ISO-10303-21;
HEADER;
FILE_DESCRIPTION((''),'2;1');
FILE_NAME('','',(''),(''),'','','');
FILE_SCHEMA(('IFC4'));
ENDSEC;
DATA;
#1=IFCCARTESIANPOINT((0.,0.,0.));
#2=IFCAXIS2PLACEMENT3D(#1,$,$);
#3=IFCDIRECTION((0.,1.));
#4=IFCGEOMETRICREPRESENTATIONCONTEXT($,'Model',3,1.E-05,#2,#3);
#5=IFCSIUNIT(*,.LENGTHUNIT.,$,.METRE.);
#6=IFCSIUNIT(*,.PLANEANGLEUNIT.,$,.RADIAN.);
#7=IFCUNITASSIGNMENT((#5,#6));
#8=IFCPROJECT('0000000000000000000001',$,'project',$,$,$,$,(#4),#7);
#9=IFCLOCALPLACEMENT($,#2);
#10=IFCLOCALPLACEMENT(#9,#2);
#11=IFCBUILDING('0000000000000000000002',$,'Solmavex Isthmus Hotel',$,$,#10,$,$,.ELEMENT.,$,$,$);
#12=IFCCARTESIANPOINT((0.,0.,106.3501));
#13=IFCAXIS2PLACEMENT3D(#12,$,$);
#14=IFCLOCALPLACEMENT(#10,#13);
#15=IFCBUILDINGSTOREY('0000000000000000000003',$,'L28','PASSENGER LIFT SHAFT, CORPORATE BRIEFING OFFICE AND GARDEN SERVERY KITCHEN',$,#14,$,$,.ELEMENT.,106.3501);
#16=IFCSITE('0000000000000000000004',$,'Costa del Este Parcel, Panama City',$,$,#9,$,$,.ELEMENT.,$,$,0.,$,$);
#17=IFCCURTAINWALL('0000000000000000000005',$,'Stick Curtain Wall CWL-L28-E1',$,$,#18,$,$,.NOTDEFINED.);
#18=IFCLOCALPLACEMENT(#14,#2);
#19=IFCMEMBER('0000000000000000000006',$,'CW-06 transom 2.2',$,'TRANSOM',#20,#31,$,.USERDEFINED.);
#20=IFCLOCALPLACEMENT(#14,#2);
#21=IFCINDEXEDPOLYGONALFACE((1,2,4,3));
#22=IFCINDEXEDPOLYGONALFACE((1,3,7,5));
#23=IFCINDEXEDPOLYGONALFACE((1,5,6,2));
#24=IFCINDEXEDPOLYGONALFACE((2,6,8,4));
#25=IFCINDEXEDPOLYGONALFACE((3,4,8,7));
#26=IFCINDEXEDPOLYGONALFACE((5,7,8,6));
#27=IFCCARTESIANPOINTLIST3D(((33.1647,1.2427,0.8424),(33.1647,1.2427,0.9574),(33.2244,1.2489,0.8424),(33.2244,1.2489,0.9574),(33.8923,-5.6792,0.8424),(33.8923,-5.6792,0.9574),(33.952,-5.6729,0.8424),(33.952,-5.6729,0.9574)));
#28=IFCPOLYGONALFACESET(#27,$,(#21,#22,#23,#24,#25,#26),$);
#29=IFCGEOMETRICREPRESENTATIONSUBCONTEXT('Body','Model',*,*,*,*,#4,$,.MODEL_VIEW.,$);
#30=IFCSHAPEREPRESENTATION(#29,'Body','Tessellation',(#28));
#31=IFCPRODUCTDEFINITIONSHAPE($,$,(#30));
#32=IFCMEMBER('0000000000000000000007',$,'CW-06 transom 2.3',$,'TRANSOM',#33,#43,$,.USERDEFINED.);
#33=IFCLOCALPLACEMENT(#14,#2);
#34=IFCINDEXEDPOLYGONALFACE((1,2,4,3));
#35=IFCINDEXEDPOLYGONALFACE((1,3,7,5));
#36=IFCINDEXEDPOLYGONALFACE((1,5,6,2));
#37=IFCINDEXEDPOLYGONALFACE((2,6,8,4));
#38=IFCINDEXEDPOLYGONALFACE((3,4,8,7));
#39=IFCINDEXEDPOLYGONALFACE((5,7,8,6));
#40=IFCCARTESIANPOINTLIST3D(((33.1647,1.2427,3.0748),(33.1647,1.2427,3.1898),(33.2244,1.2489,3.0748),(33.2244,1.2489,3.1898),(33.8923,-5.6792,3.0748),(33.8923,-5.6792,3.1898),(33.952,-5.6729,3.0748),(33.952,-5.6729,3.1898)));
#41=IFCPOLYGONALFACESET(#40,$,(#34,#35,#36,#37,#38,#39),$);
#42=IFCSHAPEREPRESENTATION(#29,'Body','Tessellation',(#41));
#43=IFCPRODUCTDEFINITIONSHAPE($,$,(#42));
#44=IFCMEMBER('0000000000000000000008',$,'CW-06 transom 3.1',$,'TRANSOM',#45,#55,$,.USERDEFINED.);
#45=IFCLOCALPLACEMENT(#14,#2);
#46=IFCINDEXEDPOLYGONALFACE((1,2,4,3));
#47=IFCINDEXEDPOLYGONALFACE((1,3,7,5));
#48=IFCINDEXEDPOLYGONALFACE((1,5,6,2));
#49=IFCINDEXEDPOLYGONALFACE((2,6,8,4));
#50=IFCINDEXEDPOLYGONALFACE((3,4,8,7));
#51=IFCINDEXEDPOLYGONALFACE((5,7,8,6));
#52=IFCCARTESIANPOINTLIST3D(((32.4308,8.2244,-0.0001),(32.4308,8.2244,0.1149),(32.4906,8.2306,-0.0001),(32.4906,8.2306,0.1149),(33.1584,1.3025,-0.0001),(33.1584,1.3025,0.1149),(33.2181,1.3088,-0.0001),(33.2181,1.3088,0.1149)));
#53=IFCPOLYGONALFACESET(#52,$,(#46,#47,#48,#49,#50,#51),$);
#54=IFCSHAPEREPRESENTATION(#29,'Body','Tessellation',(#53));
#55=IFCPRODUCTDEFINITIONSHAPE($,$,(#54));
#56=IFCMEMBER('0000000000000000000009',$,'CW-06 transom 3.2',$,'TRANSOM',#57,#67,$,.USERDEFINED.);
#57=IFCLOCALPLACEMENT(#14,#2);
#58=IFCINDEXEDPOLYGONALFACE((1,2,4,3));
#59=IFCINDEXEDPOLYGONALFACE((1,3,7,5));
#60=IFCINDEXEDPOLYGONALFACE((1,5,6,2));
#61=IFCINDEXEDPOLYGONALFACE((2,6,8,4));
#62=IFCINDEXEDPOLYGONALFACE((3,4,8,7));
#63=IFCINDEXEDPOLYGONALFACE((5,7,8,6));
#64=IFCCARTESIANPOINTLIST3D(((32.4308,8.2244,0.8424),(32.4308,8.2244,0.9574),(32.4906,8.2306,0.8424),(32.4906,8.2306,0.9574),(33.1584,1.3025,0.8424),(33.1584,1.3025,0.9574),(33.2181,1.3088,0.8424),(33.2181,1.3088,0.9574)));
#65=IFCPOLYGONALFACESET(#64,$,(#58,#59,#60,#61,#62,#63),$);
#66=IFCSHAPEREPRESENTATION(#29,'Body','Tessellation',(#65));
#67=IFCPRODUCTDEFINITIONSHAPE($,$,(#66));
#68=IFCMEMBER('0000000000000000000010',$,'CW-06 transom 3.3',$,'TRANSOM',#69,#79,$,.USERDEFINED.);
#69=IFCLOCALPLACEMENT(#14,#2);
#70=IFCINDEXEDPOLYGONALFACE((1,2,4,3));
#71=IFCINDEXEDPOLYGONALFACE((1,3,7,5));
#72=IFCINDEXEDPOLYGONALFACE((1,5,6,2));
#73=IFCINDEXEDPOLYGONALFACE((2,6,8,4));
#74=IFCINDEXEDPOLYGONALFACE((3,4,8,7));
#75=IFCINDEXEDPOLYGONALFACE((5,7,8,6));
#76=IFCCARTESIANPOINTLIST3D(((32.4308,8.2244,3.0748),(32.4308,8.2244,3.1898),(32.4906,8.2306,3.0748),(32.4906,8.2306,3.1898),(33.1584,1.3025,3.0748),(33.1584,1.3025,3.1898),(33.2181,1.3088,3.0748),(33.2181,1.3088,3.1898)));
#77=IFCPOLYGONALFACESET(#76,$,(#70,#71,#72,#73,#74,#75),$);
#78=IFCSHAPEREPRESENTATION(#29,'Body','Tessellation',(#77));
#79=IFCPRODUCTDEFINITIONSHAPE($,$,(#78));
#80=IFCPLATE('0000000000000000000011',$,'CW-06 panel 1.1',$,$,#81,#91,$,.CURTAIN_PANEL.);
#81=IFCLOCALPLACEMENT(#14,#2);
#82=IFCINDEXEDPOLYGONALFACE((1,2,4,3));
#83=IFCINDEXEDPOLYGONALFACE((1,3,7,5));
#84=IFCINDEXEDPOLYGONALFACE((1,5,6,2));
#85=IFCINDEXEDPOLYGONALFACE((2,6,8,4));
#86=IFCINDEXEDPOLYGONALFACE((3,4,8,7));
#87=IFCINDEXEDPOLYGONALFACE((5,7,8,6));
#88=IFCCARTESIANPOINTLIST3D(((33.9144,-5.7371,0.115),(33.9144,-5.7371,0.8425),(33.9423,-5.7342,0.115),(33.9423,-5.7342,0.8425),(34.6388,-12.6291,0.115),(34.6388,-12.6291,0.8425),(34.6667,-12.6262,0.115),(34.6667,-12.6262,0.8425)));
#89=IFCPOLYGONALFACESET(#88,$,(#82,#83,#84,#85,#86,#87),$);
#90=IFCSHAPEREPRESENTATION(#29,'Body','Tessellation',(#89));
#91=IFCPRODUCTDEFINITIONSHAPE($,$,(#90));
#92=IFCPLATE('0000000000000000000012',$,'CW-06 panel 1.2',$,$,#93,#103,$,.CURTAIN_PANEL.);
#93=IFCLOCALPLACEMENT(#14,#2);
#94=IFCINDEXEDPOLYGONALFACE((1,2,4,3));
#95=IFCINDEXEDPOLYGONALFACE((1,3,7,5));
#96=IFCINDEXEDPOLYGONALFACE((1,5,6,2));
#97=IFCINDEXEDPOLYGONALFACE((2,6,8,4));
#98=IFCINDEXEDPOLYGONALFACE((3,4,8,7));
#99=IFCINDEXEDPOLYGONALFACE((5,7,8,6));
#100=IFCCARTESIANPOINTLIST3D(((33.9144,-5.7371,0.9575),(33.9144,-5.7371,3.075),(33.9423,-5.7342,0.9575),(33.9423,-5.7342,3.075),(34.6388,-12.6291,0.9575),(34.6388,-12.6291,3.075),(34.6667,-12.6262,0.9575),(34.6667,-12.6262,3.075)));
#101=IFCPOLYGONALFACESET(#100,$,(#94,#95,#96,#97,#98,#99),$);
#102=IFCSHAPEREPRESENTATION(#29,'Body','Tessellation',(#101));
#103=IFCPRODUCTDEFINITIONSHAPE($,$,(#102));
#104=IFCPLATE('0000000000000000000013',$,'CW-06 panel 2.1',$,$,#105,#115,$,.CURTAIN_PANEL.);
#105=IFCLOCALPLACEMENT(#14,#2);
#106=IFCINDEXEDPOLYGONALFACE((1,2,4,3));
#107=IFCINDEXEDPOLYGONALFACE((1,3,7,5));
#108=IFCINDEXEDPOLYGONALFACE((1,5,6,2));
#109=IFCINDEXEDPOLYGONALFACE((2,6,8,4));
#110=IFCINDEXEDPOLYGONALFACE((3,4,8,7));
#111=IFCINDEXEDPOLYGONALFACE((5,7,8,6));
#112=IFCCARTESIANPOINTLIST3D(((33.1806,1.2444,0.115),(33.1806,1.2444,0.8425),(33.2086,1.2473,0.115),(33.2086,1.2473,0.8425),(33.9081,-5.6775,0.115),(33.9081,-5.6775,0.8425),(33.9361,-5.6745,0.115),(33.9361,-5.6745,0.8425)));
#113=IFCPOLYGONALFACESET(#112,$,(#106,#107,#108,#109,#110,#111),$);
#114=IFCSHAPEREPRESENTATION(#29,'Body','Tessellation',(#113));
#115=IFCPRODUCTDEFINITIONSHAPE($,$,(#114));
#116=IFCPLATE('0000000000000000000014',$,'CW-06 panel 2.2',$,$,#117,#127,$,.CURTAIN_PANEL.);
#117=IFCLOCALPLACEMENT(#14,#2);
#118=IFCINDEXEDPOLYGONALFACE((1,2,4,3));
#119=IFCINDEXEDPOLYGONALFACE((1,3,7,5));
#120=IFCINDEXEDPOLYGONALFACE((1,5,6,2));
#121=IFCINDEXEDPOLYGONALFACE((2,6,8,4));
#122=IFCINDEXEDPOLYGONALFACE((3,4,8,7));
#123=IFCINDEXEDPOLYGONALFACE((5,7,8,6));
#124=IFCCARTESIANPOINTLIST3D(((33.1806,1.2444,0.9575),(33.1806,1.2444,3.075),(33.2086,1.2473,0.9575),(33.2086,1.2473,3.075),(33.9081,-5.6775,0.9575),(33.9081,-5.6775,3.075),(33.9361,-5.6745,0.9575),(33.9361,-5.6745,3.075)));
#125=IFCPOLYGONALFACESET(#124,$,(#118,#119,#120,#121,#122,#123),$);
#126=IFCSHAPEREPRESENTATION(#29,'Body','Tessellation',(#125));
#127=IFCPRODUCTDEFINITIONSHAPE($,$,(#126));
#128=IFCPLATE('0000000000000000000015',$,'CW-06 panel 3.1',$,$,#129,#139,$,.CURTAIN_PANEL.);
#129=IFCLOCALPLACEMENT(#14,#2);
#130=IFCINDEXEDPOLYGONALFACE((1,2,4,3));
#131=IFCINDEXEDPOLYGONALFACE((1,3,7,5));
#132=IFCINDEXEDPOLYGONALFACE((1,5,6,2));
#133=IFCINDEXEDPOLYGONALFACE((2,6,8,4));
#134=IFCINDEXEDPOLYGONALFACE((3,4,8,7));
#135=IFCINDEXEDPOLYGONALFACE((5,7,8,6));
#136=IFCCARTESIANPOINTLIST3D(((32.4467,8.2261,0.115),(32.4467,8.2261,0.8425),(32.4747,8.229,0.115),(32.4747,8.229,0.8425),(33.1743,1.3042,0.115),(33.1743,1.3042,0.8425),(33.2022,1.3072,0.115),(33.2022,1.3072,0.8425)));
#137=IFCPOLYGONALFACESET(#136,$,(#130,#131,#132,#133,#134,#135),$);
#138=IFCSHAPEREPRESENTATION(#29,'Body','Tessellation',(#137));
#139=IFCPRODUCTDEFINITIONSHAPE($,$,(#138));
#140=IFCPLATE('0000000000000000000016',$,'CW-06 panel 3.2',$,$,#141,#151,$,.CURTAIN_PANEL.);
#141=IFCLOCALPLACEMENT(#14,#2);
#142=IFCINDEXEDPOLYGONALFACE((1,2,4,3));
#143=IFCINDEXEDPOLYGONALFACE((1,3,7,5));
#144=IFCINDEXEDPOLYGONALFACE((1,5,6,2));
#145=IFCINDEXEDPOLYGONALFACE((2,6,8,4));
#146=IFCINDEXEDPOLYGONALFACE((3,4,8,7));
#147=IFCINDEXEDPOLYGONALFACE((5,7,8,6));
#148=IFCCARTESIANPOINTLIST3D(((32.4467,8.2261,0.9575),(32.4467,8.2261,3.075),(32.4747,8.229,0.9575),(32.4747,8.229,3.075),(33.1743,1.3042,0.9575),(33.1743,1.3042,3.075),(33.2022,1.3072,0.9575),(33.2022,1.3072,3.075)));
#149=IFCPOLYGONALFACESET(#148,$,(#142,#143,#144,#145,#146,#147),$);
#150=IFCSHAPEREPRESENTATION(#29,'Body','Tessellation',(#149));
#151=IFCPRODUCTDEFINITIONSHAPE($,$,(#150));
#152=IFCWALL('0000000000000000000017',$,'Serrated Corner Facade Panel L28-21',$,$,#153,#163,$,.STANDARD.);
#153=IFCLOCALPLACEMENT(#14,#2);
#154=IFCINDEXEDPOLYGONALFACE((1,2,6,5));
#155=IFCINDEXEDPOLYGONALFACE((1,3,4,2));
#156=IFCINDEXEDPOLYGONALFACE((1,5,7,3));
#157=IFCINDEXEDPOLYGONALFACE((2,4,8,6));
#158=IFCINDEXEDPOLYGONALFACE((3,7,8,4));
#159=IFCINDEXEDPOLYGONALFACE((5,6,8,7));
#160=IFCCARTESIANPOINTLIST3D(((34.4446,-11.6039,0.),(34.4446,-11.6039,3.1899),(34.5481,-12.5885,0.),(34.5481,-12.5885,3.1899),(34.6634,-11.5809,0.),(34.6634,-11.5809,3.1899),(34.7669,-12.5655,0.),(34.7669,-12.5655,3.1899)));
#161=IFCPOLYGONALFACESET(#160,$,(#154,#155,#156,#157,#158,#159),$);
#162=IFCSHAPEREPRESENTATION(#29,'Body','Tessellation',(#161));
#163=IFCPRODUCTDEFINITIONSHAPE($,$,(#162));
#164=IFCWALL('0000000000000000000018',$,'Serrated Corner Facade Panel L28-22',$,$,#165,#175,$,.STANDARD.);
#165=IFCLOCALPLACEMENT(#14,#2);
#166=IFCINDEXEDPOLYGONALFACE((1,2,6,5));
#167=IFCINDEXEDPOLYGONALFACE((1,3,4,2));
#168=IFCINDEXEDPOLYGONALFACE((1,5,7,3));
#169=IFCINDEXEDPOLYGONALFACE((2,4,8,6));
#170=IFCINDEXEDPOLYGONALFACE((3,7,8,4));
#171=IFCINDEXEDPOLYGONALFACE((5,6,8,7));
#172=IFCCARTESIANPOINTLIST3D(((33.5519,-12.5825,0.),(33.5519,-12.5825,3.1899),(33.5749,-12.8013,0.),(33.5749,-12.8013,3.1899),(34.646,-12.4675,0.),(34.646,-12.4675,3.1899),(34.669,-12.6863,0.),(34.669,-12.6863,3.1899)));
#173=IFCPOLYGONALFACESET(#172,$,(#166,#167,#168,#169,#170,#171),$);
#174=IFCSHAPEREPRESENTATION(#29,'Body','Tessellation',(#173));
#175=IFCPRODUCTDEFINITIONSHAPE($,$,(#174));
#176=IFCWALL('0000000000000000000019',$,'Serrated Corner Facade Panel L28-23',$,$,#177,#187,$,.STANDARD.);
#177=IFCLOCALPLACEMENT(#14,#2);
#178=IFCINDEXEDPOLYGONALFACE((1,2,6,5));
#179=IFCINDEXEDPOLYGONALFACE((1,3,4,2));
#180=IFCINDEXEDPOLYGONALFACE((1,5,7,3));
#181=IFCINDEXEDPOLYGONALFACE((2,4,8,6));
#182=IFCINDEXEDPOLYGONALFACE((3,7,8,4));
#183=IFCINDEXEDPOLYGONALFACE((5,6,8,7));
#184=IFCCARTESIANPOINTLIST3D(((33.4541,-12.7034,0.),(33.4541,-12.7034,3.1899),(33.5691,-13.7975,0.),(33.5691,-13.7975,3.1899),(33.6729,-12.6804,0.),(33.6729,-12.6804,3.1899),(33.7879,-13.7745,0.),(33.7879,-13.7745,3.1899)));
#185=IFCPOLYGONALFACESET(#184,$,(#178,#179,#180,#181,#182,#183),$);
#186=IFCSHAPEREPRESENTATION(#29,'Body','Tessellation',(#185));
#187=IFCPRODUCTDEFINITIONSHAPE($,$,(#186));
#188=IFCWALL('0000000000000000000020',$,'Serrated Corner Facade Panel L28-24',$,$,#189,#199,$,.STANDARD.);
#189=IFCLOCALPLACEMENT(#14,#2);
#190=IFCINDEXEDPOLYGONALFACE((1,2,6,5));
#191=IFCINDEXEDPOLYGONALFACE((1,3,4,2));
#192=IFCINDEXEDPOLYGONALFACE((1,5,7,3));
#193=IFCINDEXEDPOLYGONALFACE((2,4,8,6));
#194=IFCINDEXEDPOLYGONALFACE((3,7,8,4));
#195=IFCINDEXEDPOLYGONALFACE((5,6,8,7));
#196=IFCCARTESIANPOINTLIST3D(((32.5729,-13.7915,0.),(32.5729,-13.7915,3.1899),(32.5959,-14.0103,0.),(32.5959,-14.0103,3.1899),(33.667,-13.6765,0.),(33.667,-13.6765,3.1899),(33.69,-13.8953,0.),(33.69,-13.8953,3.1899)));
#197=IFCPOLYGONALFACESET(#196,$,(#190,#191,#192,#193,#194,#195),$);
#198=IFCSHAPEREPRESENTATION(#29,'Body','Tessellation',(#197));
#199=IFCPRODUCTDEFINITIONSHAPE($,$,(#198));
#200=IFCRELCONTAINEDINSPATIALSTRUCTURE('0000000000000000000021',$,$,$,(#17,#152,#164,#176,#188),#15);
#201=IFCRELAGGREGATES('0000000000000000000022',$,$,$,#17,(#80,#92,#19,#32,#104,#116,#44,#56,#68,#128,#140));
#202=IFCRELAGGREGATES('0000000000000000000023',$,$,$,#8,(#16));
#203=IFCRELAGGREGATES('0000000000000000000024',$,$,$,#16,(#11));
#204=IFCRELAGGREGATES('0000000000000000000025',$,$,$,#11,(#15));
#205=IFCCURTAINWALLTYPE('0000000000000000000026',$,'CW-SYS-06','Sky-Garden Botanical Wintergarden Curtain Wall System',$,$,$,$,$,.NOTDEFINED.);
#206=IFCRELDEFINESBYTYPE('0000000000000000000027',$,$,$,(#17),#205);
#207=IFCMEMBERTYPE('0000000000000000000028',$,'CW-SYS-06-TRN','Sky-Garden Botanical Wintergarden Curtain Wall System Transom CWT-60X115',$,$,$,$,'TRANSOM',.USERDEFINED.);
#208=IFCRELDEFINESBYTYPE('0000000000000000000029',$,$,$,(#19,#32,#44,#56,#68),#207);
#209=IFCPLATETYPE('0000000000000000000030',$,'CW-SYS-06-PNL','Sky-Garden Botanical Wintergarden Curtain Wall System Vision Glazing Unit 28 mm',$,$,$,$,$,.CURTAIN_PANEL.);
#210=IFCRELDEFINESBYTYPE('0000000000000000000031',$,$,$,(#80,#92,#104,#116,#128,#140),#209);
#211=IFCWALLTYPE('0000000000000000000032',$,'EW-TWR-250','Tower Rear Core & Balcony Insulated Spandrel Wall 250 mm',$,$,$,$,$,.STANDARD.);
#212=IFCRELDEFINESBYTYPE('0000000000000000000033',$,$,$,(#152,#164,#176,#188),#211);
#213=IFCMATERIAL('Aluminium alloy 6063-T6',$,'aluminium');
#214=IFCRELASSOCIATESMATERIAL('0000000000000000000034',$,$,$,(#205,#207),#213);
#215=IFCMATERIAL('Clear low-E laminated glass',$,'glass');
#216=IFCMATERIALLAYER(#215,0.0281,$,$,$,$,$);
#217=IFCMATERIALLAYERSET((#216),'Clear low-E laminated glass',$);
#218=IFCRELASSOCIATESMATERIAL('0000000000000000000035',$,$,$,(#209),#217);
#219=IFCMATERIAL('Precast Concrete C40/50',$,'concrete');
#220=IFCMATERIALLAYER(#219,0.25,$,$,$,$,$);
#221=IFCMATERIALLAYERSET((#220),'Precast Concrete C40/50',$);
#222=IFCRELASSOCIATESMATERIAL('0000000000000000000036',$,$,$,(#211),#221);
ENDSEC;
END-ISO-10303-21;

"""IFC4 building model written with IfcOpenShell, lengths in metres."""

from ifc_helpers import new_model, si_unit, direction, frame, frame_2d, origin, origin_2d, place, context, subcontext, project, spatial, rectangle, extrude, material, layer, layer_set, material_profile, profile_set, type_object, element, aggregate, save


model = new_model("IFC4")

# Units and contexts
model_context = context("Model", 3, precision=1e-05, world=origin(), true_north=direction((0.0, 1.0)))
body_context = subcontext(model_context, "Body", "Model", "MODEL_VIEW")
ifc_project = project(units=[si_unit("LENGTHUNIT", "METRE"), si_unit("PLANEANGLEUNIT", "RADIAN")], contexts=[model_context])

# Site, building, storey
site_placement = place(None, origin())
site = spatial("IfcSite", under=ifc_project, at=site_placement, Name="Costa del Este Parcel, Panama City", CompositionType="ELEMENT", RefElevation=0.0)
building_placement = place(site_placement, origin())
building = spatial("IfcBuilding", under=site, at=building_placement, Name="Solmavex Isthmus Hotel", CompositionType="ELEMENT")
storey_placement = place(building_placement, frame((0.0, 0.0, 106.3501)))
storey = spatial("IfcBuildingStorey", under=building, at=storey_placement, Name="L28", Description="PASSENGER LIFT SHAFT, CORPORATE BRIEFING OFFICE AND GARDEN SERVERY KITCHEN", CompositionType="ELEMENT", Elevation=106.3501)

# Curtain wall, members, plates
ifc_material_1 = material(Name="Aluminium alloy 6063-T6", Category="aluminium")
curtain_wall_type = type_object("IfcCurtainWallType", Name="CW-SYS-06", Description="Sky-Garden Botanical Wintergarden Curtain Wall System", PredefinedType="NOTDEFINED", material=ifc_material_1)
curtain_wall_placement = place(storey_placement, origin())
curtain_wall = element("IfcCurtainWall", 1, at=curtain_wall_placement, inside=storey, type_object=curtain_wall_type, Name="Stick Curtain Wall CWL-L28-E1", PredefinedType="NOTDEFINED")
ifc_material_profile_1 = material_profile(ifc_material_1, rectangle(XDim=0.0601, YDim=0.115, at=origin_2d()), Name="CWT-60X115")
ifc_profile_set_1 = profile_set([ifc_material_profile_1], Name="Aluminium alloy 6063-T6")
member_type_1 = type_object("IfcMemberType", Name="CW-SYS-06-TRN", Description="Sky-Garden Botanical Wintergarden Curtain Wall System Transom CWT-60X115", ElementType="TRANSOM", PredefinedType="USERDEFINED", material=ifc_profile_set_1)
member_1_placement = place(storey_placement, frame((33.9221, -5.676, 0.8999), z_axis=(-0.104531, 0.994522, 0.0), x_axis=(-0.994522, -0.104531, 0.0)))
member_1 = element("IfcMember", 2, at=member_1_placement, type_object=member_type_1, Name="CW-06 transom 2.2", ObjectType="TRANSOM", PredefinedType="USERDEFINED", context=body_context, shape_type="SweptSolid", body=[
    extrude(rectangle(XDim=0.0601, YDim=0.115, at=origin_2d()), origin(), (0.0, 0.0, 1.0), 6.96),
])
member_2_placement = place(storey_placement, frame((33.9221, -5.676, 3.1323), z_axis=(-0.104531, 0.994522, 0.0), x_axis=(-0.994522, -0.104531, 0.0)))
member_2 = element("IfcMember", 3, at=member_2_placement, type_object=member_type_1, Name="CW-06 transom 2.3", ObjectType="TRANSOM", PredefinedType="USERDEFINED", context=body_context, shape_type="SweptSolid", body=[
    extrude(rectangle(XDim=0.0601, YDim=0.115, at=origin_2d()), origin(), (0.0, 0.0, 1.0), 6.96),
])
member_3_placement = place(storey_placement, frame((33.1882, 1.3057, 0.0574), z_axis=(-0.104531, 0.994522, 0.0), x_axis=(-0.994522, -0.104531, 0.0)))
member_3 = element("IfcMember", 4, at=member_3_placement, type_object=member_type_1, Name="CW-06 transom 3.1", ObjectType="TRANSOM", PredefinedType="USERDEFINED", context=body_context, shape_type="SweptSolid", body=[
    extrude(rectangle(XDim=0.0601, YDim=0.115, at=origin_2d()), origin(), (0.0, 0.0, 1.0), 6.96),
])
member_4_placement = place(storey_placement, frame((33.1882, 1.3057, 0.8999), z_axis=(-0.104531, 0.994522, 0.0), x_axis=(-0.994522, -0.104531, 0.0)))
member_4 = element("IfcMember", 5, at=member_4_placement, type_object=member_type_1, Name="CW-06 transom 3.2", ObjectType="TRANSOM", PredefinedType="USERDEFINED", context=body_context, shape_type="SweptSolid", body=[
    extrude(rectangle(XDim=0.0601, YDim=0.115, at=origin_2d()), origin(), (0.0, 0.0, 1.0), 6.96),
])
member_5_placement = place(storey_placement, frame((33.1882, 1.3057, 3.1323), z_axis=(-0.104531, 0.994522, 0.0), x_axis=(-0.994522, -0.104531, 0.0)))
member_5 = element("IfcMember", 6, at=member_5_placement, type_object=member_type_1, Name="CW-06 transom 3.3", ObjectType="TRANSOM", PredefinedType="USERDEFINED", context=body_context, shape_type="SweptSolid", body=[
    extrude(rectangle(XDim=0.0601, YDim=0.115, at=origin_2d()), origin(), (0.0, 0.0, 1.0), 6.96),
])
ifc_material_2 = material(Name="Clear low-E laminated glass", Category="glass")
ifc_layer_1 = layer(ifc_material_2, 0.0281)
ifc_layer_set_1 = layer_set([ifc_layer_1], Name="Clear low-E laminated glass")
plate_type = type_object("IfcPlateType", Name="CW-SYS-06-PNL", Description="Sky-Garden Botanical Wintergarden Curtain Wall System Vision Glazing Unit 28 mm", PredefinedType="CURTAIN_PANEL", material=ifc_layer_set_1)
plate_1_placement = place(storey_placement, frame((34.2905, -9.1816, 0.115), z_axis=(0.0, 0.0, 1.0), x_axis=(-0.104528, 0.994522, 0.0)))
plate_1 = element("IfcPlate", 7, at=plate_1_placement, type_object=plate_type, Name="CW-06 panel 1.1", PredefinedType="CURTAIN_PANEL", context=body_context, shape_type="SweptSolid", body=[
    extrude(rectangle(XDim=6.9299, YDim=0.0281, at=origin_2d()), origin(), (0.0, 0.0, 1.0), 0.7275),
])
plate_2_placement = place(storey_placement, frame((34.2905, -9.1816, 0.9575), z_axis=(0.0, 0.0, 1.0), x_axis=(-0.104528, 0.994522, 0.0)))
plate_2 = element("IfcPlate", 8, at=plate_2_placement, type_object=plate_type, Name="CW-06 panel 1.2", PredefinedType="CURTAIN_PANEL", context=body_context, shape_type="SweptSolid", body=[
    extrude(rectangle(XDim=6.9299, YDim=0.0281, at=origin_2d()), origin(), (0.0, 0.0, 1.0), 2.1174),
])
plate_3_placement = place(storey_placement, frame((33.5583, -2.2151, 0.115), z_axis=(0.0, 0.0, 1.0), x_axis=(-0.104528, 0.994522, 0.0)))
plate_3 = element("IfcPlate", 9, at=plate_3_placement, type_object=plate_type, Name="CW-06 panel 2.1", PredefinedType="CURTAIN_PANEL", context=body_context, shape_type="SweptSolid", body=[
    extrude(rectangle(XDim=6.96, YDim=0.0281, at=origin_2d()), origin(), (0.0, 0.0, 1.0), 0.7275),
])
plate_4_placement = place(storey_placement, frame((33.5583, -2.2151, 0.9575), z_axis=(0.0, 0.0, 1.0), x_axis=(-0.104528, 0.994522, 0.0)))
plate_4 = element("IfcPlate", 10, at=plate_4_placement, type_object=plate_type, Name="CW-06 panel 2.2", PredefinedType="CURTAIN_PANEL", context=body_context, shape_type="SweptSolid", body=[
    extrude(rectangle(XDim=6.96, YDim=0.0281, at=origin_2d()), origin(), (0.0, 0.0, 1.0), 2.1174),
])
plate_5_placement = place(storey_placement, frame((32.8245, 4.7666, 0.115), z_axis=(0.0, 0.0, 1.0), x_axis=(-0.104528, 0.994522, 0.0)))
plate_5 = element("IfcPlate", 11, at=plate_5_placement, type_object=plate_type, Name="CW-06 panel 3.1", PredefinedType="CURTAIN_PANEL", context=body_context, shape_type="SweptSolid", body=[
    extrude(rectangle(XDim=6.96, YDim=0.0281, at=origin_2d()), origin(), (0.0, 0.0, 1.0), 0.7275),
])
plate_6_placement = place(storey_placement, frame((32.8245, 4.7666, 0.9575), z_axis=(0.0, 0.0, 1.0), x_axis=(-0.104528, 0.994522, 0.0)))
plate_6 = element("IfcPlate", 12, at=plate_6_placement, type_object=plate_type, Name="CW-06 panel 3.2", PredefinedType="CURTAIN_PANEL", context=body_context, shape_type="SweptSolid", body=[
    extrude(rectangle(XDim=6.96, YDim=0.0281, at=origin_2d()), origin(), (0.0, 0.0, 1.0), 2.1174),
])
aggregate(curtain_wall, [plate_1, plate_2, member_1, member_2, plate_3, plate_4, member_3, member_4, member_5, plate_5, plate_6])

# Walls
ifc_material_3 = material(Name="Precast Concrete C40/50", Category="concrete")
ifc_layer_2 = layer(ifc_material_3, 0.25)
ifc_layer_set_2 = layer_set([ifc_layer_2], Name="Precast Concrete C40/50")
wall_type_1 = type_object("IfcWallType", Name="EW-TWR-250", Description="Tower Rear Core & Balcony Insulated Spandrel Wall 250 mm", PredefinedType="STANDARD", material=ifc_layer_set_2)
wall_1_placement = place(storey_placement, frame((34.554, -11.5923, 0.0), z_axis=(0.0, 0.0, 1.0), x_axis=(0.104556, -0.994519, 0.0)))
element("IfcWall", 13, at=wall_1_placement, inside=storey, type_object=wall_type_1, Name="Serrated Corner Facade Panel L28-21", PredefinedType="STANDARD", context=body_context, shape_type="SweptSolid", body=[
    extrude(rectangle(XDim=0.99, YDim=0.22, at=frame_2d((0.4951, 0.0))), origin(), (0.0, 0.0, 1.0), 3.1899),
])
for number, where, z_axis, x_axis, name in (
    (14, (34.6575, -12.5769, 0.0), (0.0, 0.0, 1.0), (-0.994521, -0.104535, 0.0), "Serrated Corner Facade Panel L28-22"),
    (15, (33.5635, -12.6919, 0.0), (0.0, 0.0, 1.0), (0.104535, -0.994521, 0.0), "Serrated Corner Facade Panel L28-23"),
    (16, (33.6785, -13.7859, 0.0), (0.0, 0.0, 1.0), (-0.994521, -0.104535, 0.0), "Serrated Corner Facade Panel L28-24"),
):
    element("IfcWall", number, at=place(storey_placement, frame(where, z_axis=z_axis, x_axis=x_axis)), inside=storey, type_object=wall_type_1, Name=name, PredefinedType="STANDARD", context=body_context, shape_type="SweptSolid", body=[
        extrude(rectangle(XDim=1.1001, YDim=0.22, at=frame_2d((0.55, 0.0))), origin(), (0.0, 0.0, 1.0), 3.1899),
    ])

save(model, "model.ifc")
